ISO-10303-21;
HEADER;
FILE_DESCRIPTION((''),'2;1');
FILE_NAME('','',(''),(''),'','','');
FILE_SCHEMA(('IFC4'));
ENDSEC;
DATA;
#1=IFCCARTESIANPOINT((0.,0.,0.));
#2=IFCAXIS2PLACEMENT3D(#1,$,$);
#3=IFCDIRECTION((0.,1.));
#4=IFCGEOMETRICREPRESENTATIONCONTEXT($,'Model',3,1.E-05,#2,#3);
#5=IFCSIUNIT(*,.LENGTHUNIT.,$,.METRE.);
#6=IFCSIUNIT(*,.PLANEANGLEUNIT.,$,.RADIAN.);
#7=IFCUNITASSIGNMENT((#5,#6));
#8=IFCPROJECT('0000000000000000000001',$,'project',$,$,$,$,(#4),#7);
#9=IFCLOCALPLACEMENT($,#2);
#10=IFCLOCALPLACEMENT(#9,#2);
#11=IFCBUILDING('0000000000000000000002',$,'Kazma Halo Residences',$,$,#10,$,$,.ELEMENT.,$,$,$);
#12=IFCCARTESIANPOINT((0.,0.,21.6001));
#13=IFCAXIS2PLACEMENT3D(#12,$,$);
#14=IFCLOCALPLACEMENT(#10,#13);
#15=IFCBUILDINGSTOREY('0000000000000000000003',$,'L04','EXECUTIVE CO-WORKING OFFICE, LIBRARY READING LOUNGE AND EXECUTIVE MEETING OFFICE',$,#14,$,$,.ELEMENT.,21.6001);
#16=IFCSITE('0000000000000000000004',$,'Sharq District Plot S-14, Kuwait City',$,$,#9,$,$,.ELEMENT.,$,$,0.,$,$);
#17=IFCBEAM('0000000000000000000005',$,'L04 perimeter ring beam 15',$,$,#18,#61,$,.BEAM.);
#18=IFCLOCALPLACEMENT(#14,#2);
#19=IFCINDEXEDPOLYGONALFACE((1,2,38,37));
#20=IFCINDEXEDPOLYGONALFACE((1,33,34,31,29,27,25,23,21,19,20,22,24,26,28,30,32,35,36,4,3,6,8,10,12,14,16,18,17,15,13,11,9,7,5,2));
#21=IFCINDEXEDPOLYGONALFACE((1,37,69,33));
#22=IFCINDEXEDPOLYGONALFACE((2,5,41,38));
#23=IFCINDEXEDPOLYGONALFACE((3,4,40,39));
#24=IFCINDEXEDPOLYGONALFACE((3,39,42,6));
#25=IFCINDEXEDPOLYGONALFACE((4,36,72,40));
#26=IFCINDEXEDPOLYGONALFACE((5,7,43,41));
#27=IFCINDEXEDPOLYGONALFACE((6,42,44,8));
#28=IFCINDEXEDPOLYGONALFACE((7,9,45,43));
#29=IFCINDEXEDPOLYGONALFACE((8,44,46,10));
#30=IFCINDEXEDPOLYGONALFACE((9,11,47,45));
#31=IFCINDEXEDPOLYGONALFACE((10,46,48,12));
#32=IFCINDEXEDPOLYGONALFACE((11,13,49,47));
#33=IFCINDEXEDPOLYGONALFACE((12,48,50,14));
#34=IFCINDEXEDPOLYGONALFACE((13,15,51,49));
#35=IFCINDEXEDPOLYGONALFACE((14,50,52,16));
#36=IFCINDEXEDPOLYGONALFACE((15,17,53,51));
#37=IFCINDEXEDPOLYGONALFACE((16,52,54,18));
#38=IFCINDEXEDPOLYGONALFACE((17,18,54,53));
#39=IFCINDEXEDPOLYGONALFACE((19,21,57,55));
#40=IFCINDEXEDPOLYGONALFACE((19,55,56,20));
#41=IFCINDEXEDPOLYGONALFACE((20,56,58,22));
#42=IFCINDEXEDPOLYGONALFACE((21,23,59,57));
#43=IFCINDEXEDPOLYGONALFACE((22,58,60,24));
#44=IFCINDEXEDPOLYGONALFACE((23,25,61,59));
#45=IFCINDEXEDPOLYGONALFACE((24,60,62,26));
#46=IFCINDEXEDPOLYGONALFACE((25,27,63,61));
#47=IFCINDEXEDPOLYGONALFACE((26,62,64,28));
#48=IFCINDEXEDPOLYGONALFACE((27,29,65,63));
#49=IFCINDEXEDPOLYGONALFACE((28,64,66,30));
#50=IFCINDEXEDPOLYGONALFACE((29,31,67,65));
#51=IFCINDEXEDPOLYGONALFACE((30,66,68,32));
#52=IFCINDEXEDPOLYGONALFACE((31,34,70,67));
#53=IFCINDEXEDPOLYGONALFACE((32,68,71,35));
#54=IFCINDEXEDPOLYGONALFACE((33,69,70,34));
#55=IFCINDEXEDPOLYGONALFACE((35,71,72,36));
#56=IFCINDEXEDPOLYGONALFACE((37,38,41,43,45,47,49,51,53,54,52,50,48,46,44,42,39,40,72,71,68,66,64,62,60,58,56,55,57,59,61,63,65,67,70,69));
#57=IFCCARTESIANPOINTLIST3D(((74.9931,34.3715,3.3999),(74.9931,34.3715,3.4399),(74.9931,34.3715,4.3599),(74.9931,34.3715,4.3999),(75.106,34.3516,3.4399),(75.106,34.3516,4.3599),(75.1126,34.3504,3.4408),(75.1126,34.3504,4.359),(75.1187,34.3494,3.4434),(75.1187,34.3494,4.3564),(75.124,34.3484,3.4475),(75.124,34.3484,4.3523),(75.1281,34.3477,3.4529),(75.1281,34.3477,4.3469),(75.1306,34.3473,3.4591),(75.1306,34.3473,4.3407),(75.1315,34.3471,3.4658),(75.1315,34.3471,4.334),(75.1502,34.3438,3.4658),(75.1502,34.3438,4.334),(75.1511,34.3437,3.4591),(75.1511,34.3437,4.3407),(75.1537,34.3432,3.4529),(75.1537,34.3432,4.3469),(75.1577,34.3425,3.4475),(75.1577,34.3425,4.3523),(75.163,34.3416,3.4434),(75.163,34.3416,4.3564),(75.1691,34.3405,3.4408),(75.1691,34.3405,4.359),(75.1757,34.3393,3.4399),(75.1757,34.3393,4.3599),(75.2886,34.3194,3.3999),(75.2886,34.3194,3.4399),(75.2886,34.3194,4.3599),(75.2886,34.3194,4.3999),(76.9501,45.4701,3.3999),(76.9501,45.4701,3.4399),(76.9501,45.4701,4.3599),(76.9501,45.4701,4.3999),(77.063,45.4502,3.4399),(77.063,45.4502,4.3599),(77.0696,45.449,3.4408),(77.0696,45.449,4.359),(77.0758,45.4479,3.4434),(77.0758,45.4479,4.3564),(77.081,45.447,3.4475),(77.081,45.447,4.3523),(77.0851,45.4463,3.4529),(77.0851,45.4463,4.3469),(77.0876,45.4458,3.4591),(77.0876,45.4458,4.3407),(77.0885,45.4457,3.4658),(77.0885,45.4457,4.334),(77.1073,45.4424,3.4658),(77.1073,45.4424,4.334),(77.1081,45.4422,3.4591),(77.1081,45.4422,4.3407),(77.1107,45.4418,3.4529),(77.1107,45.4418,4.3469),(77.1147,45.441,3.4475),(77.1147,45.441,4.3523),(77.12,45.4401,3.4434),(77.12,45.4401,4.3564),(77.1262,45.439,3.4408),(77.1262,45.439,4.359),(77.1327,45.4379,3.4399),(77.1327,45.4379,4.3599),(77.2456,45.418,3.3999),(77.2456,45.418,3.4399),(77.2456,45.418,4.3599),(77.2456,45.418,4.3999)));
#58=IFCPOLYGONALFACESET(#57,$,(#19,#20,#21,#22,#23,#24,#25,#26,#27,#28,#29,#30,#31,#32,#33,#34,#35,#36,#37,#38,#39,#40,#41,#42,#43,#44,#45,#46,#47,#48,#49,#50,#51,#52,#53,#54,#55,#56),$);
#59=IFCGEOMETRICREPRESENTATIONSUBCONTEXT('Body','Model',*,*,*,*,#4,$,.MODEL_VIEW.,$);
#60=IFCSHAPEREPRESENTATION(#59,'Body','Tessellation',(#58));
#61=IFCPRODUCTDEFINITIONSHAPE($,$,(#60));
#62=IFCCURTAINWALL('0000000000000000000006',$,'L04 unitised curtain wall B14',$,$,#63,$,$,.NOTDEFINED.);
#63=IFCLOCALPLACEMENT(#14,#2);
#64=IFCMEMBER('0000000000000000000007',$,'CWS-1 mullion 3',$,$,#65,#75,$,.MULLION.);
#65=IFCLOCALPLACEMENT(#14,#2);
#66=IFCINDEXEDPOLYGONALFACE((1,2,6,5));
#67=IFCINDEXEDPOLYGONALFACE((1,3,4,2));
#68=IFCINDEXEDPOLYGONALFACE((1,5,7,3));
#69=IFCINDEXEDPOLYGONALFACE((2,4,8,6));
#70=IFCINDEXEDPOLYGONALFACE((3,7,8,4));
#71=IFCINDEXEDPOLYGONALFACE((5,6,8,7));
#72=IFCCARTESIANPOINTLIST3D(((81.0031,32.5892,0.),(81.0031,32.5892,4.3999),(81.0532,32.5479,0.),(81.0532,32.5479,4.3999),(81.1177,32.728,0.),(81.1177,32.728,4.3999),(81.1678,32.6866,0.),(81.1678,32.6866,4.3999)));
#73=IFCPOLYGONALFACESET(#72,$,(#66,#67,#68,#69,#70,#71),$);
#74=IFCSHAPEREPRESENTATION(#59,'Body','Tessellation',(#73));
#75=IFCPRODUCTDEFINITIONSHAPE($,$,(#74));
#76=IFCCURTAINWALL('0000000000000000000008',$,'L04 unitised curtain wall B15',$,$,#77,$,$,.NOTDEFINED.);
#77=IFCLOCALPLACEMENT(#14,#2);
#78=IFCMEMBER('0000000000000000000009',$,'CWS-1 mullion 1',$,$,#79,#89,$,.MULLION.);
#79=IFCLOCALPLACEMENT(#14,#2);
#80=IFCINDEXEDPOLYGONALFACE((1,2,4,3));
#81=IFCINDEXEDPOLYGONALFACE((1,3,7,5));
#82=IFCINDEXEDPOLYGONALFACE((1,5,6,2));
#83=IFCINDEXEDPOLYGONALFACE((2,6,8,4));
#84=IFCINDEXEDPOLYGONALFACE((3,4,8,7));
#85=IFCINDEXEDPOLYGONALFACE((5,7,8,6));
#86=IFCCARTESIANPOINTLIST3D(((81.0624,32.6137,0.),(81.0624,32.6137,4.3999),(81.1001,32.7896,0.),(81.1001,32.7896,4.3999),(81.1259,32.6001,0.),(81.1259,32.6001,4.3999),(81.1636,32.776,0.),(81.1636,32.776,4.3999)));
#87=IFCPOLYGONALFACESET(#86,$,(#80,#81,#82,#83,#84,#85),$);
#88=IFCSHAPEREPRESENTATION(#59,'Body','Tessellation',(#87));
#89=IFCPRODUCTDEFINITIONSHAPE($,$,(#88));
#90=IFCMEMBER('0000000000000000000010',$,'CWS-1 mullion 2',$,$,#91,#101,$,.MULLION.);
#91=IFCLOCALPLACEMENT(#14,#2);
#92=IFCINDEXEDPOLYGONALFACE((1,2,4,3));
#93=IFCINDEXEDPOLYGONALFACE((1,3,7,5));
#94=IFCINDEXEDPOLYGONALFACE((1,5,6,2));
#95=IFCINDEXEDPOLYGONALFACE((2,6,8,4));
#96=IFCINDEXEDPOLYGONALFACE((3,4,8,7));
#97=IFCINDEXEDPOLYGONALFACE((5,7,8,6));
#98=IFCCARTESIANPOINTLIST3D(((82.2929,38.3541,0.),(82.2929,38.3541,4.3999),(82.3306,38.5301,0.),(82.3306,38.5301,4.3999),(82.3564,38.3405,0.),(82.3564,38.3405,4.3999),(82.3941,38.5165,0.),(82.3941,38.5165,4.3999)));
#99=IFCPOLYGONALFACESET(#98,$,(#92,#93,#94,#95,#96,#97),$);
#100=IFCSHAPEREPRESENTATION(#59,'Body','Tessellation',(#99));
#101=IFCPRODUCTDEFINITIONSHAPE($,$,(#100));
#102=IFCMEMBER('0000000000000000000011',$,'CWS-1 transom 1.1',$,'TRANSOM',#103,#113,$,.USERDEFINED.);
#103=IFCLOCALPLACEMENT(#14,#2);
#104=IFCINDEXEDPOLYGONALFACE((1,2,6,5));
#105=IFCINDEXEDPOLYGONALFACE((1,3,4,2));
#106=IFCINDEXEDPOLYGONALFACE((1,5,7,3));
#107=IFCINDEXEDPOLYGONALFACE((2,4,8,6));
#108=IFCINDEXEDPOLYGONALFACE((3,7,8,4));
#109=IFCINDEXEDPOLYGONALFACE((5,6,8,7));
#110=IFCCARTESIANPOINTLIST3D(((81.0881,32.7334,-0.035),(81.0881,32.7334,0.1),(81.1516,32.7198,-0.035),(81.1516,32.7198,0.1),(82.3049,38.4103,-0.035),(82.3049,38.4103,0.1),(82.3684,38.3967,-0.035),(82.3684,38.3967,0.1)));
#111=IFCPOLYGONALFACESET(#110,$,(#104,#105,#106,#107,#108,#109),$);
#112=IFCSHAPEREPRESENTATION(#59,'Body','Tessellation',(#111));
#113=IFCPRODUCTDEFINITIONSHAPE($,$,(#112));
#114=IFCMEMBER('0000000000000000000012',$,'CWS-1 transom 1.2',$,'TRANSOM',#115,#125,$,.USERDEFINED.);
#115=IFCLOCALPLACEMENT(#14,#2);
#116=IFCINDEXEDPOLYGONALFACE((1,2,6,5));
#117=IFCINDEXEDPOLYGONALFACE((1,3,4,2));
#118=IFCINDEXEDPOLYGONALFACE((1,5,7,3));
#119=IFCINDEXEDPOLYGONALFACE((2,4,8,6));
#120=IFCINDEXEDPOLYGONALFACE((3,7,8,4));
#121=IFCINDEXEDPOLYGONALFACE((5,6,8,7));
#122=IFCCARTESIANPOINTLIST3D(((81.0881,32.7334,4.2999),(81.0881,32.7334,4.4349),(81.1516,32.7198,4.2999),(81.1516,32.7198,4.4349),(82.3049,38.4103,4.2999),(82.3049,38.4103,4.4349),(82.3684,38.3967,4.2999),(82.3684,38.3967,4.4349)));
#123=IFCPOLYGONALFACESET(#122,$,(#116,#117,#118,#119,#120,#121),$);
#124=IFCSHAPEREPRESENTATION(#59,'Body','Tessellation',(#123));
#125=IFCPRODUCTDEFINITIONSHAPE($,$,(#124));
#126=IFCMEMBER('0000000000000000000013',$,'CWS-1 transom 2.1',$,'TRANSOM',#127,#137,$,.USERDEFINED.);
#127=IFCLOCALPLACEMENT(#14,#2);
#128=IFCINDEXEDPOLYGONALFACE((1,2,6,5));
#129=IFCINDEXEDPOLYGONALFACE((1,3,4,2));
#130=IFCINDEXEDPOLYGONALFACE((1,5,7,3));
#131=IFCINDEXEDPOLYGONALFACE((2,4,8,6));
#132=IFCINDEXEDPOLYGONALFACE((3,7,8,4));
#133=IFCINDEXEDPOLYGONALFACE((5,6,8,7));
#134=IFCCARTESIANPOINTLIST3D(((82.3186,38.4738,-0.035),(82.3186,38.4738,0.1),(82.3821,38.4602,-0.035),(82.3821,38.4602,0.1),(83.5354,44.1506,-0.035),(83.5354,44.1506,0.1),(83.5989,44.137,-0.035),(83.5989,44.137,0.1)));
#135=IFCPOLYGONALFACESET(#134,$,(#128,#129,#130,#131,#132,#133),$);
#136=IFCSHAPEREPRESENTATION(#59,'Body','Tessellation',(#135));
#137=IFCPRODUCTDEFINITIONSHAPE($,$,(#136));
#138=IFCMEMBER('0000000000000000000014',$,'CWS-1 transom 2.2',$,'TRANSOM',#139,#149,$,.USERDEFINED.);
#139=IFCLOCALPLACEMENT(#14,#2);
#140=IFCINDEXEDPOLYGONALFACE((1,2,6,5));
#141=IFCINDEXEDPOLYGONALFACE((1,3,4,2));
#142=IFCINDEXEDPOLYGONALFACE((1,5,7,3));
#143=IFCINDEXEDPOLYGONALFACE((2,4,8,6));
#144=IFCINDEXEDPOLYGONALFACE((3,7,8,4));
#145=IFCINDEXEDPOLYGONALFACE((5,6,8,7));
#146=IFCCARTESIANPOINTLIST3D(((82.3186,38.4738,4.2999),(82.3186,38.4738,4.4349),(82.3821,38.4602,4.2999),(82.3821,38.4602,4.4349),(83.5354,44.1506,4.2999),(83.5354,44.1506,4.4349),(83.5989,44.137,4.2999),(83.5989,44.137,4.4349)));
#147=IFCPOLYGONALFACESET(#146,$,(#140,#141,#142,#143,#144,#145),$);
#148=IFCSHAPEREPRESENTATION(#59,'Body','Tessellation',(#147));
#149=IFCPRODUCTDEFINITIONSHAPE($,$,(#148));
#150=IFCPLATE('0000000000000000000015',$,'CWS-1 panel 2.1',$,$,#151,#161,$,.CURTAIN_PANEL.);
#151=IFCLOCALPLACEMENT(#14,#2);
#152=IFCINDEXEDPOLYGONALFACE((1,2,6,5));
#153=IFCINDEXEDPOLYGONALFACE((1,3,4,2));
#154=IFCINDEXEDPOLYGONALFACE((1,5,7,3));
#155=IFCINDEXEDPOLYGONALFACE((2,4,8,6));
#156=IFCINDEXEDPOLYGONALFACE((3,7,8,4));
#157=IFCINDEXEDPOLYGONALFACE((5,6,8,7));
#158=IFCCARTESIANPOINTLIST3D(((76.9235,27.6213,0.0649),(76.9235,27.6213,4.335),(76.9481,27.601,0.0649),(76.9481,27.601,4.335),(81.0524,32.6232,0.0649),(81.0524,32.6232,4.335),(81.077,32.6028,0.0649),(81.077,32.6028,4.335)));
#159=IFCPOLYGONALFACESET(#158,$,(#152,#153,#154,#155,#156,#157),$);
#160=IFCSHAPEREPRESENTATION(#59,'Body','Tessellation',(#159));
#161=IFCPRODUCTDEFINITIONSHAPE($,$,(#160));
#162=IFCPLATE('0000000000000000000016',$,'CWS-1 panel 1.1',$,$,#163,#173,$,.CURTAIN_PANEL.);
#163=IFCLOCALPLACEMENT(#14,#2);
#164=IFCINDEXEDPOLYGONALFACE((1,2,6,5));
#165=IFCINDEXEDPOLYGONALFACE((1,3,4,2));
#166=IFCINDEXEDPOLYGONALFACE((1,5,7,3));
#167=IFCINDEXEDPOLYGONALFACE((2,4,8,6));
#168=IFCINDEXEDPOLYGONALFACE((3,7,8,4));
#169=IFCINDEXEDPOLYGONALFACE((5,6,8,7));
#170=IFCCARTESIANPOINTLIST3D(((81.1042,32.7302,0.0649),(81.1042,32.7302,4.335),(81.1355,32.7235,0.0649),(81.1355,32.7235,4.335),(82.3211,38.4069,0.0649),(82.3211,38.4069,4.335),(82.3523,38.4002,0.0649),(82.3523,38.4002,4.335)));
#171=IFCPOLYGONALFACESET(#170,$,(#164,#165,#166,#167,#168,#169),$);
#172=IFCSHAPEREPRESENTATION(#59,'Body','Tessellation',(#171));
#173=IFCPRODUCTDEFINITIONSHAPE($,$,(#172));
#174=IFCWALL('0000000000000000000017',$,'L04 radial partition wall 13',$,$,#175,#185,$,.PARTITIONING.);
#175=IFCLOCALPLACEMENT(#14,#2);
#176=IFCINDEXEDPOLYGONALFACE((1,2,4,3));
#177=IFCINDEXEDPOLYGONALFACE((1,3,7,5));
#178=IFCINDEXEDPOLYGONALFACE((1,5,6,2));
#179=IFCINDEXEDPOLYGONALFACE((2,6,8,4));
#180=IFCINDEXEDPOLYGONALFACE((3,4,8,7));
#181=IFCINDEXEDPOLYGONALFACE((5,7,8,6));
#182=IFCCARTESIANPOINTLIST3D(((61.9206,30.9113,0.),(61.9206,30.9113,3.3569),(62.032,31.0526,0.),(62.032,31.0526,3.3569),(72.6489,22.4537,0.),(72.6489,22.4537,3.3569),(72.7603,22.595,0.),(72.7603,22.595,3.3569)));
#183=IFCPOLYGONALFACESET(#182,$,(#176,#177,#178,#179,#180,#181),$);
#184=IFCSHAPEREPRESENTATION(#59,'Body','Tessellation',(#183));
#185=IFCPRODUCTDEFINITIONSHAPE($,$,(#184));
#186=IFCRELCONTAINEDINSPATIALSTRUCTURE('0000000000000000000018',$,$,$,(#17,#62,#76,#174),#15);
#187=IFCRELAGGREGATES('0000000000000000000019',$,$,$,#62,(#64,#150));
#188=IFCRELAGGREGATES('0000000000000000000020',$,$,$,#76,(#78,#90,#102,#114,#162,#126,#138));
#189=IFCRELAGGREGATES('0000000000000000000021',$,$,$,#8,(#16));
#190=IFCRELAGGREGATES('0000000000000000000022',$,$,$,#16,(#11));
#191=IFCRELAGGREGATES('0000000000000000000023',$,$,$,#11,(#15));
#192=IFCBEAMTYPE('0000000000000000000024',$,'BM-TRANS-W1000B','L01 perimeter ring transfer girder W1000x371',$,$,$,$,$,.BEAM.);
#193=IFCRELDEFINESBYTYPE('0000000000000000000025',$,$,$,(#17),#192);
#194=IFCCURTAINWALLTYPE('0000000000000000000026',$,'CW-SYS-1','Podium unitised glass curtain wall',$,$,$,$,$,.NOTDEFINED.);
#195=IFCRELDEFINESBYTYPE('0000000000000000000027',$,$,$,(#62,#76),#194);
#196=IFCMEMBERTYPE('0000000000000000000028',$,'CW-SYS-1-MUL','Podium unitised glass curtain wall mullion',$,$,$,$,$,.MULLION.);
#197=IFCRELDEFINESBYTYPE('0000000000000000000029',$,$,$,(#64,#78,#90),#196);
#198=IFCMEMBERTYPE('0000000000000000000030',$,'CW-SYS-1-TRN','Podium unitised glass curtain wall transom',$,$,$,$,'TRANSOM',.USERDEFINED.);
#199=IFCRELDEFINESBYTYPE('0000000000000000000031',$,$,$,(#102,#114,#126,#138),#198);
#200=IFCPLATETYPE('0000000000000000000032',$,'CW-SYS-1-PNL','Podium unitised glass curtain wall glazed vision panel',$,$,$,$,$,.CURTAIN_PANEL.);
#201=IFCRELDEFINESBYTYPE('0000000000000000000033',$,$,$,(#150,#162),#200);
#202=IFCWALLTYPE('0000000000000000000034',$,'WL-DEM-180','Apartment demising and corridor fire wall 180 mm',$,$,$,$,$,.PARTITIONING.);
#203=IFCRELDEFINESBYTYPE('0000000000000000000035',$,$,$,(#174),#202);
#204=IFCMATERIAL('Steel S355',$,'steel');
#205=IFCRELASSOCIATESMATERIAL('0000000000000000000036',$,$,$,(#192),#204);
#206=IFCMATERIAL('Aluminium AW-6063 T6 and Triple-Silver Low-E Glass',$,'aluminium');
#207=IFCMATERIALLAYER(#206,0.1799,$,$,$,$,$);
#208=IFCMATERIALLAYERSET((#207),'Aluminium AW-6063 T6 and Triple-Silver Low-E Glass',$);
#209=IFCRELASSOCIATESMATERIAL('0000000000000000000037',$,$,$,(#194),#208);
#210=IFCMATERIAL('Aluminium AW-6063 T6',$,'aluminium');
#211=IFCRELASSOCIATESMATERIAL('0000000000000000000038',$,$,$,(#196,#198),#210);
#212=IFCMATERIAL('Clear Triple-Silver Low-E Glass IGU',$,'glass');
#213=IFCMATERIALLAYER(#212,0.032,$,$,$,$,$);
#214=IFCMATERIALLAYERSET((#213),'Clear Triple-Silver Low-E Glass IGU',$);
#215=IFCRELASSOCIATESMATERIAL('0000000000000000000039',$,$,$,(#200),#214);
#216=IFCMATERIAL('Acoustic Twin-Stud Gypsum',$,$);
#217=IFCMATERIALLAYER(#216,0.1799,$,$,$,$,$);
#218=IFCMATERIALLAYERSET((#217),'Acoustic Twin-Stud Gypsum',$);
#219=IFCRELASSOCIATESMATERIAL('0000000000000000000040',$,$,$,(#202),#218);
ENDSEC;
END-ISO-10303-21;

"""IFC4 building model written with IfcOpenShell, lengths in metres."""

from ifc_helpers import new_model, si_unit, direction, frame, frame_2d, origin, origin_2d, place, context, subcontext, project, spatial, rectangle, i_section, extrude, material, layer, layer_set, material_profile, profile_set, type_object, element, aggregate, save


model = new_model("IFC4")

# Units and contexts
model_context = context("Model", 3, precision=1e-05, world=origin(), true_north=direction((0.0, 1.0)))
body_context = subcontext(model_context, "Body", "Model", "MODEL_VIEW")
ifc_project = project(units=[si_unit("LENGTHUNIT", "METRE"), si_unit("PLANEANGLEUNIT", "RADIAN")], contexts=[model_context])

# Site, building, storey
site_placement = place(None, origin())
site = spatial("IfcSite", under=ifc_project, at=site_placement, Name="Sharq District Plot S-14, Kuwait City", CompositionType="ELEMENT", RefElevation=0.0)
building_placement = place(site_placement, origin())
building = spatial("IfcBuilding", under=site, at=building_placement, Name="Kazma Halo Residences", CompositionType="ELEMENT")
storey_placement = place(building_placement, frame((0.0, 0.0, 21.6001)))
storey = spatial("IfcBuildingStorey", under=building, at=storey_placement, Name="L04", Description="EXECUTIVE CO-WORKING OFFICE, LIBRARY READING LOUNGE AND EXECUTIVE MEETING OFFICE", CompositionType="ELEMENT", Elevation=21.6001)

# Beam
ifc_material_1 = material(Name="Steel S355", Category="steel")
ifc_material_profile_1 = material_profile(ifc_material_1, i_section(OverallWidth=0.3, OverallDepth=1.0, WebThickness=0.019, FlangeThickness=0.04, FilletRadius=0.0259, at=origin_2d()), Name="W1000x371")
ifc_profile_set_1 = profile_set([ifc_material_profile_1], Name="Steel S355")
beam_type_1 = type_object("IfcBeamType", Name="BM-TRANS-W1000B", Description="L01 perimeter ring transfer girder W1000x371", PredefinedType="BEAM", material=ifc_profile_set_1)
beam_1_placement = place(storey_placement, frame((75.1409, 34.3455, 3.8999), z_axis=(0.173652, 0.984807, 0.0), x_axis=(-0.984807, 0.173652, 0.0)))
element("IfcBeam", 1, at=beam_1_placement, inside=storey, type_object=beam_type_1, Name="L04 perimeter ring beam 15", PredefinedType="BEAM", context=body_context, shape_type="SweptSolid", body=[
    extrude(i_section(OverallWidth=0.3, OverallDepth=1.0, WebThickness=0.019, FlangeThickness=0.04, FilletRadius=0.0259, at=origin_2d()), origin(), (0.0, 0.0, 1.0), 11.2698),
])

# Curtain wall, member
ifc_material_2 = material(Name="Aluminium AW-6063 T6 and Triple-Silver Low-E Glass", Category="aluminium")
ifc_layer_1 = layer(ifc_material_2, 0.1799)
ifc_layer_set_1 = layer_set([ifc_layer_1], Name="Aluminium AW-6063 T6 and Triple-Silver Low-E Glass")
curtain_wall_type = type_object("IfcCurtainWallType", Name="CW-SYS-1", Description="Podium unitised glass curtain wall", PredefinedType="NOTDEFINED", material=ifc_layer_set_1)
curtain_wall_1_placement = place(storey_placement, origin())
curtain_wall_1 = element("IfcCurtainWall", 2, at=curtain_wall_1_placement, inside=storey, type_object=curtain_wall_type, Name="L04 unitised curtain wall B14", PredefinedType="NOTDEFINED")
ifc_material_3 = material(Name="Aluminium AW-6063 T6", Category="aluminium")
ifc_material_profile_2 = material_profile(ifc_material_3, rectangle(XDim=0.0649, YDim=0.1799, at=origin_2d()), Name="CWM-65x180")
ifc_profile_set_2 = profile_set([ifc_material_profile_2], Name="Aluminium AW-6063 T6")
member_type_1 = type_object("IfcMemberType", Name="CW-SYS-1-MUL", Description="Podium unitised glass curtain wall mullion", PredefinedType="MULLION", material=ifc_profile_set_2)
member_1_placement = place(storey_placement, frame((81.0854, 32.6379, 0.0), z_axis=(0.0, 0.0, 1.0), x_axis=(-0.771192, 0.636603, 0.0)))
member_1 = element("IfcMember", 3, at=member_1_placement, type_object=member_type_1, Name="CWS-1 mullion 3", PredefinedType="MULLION", context=body_context, shape_type="SweptSolid", body=[
    extrude(rectangle(XDim=0.0649, YDim=0.1799, at=origin_2d()), origin(), (0.0, 0.0, 1.0), 4.3999),
])

# Curtain wall, members
curtain_wall_2_placement = place(storey_placement, origin())
curtain_wall_2 = element("IfcCurtainWall", 4, at=curtain_wall_2_placement, inside=storey, type_object=curtain_wall_type, Name="L04 unitised curtain wall B15", PredefinedType="NOTDEFINED")
member_2_placement = place(storey_placement, frame((81.113, 32.6948, 0.0), z_axis=(0.0, 0.0, 1.0), x_axis=(-0.977788, 0.209596, 0.0)))
member_2 = element("IfcMember", 5, at=member_2_placement, type_object=member_type_1, Name="CWS-1 mullion 1", PredefinedType="MULLION", context=body_context, shape_type="SweptSolid", body=[
    extrude(rectangle(XDim=0.0649, YDim=0.1799, at=origin_2d()), origin(), (0.0, 0.0, 1.0), 4.3999),
])
member_3_placement = place(storey_placement, frame((82.3435, 38.4353, 0.0), z_axis=(0.0, 0.0, 1.0), x_axis=(-0.977788, 0.209596, 0.0)))
member_3 = element("IfcMember", 6, at=member_3_placement, type_object=member_type_1, Name="CWS-1 mullion 2", PredefinedType="MULLION", context=body_context, shape_type="SweptSolid", body=[
    extrude(rectangle(XDim=0.0649, YDim=0.1799, at=origin_2d()), origin(), (0.0, 0.0, 1.0), 4.3999),
])
ifc_material_profile_3 = material_profile(ifc_material_3, rectangle(XDim=0.0649, YDim=0.135, at=origin_2d()), Name="CWT-65x135")
ifc_profile_set_3 = profile_set([ifc_material_profile_3], Name="Aluminium AW-6063 T6")
member_type_2 = type_object("IfcMemberType", Name="CW-SYS-1-TRN", Description="Podium unitised glass curtain wall transom", ElementType="TRANSOM", PredefinedType="USERDEFINED", material=ifc_profile_set_3)
member_4_placement = place(storey_placement, frame((81.1199, 32.7266, 0.0325), z_axis=(0.209578, 0.977792, 0.0), x_axis=(-0.977792, 0.209578, 0.0)))
member_4 = element("IfcMember", 7, at=member_4_placement, type_object=member_type_2, Name="CWS-1 transom 1.1", ObjectType="TRANSOM", PredefinedType="USERDEFINED", context=body_context, shape_type="SweptSolid", body=[
    extrude(rectangle(XDim=0.0649, YDim=0.135, at=origin_2d()), origin(), (0.0, 0.0, 1.0), 5.8059),
])
member_5_placement = place(storey_placement, frame((81.1199, 32.7266, 4.3674), z_axis=(0.209578, 0.977792, 0.0), x_axis=(-0.977792, 0.209578, 0.0)))
member_5 = element("IfcMember", 8, at=member_5_placement, type_object=member_type_2, Name="CWS-1 transom 1.2", ObjectType="TRANSOM", PredefinedType="USERDEFINED", context=body_context, shape_type="SweptSolid", body=[
    extrude(rectangle(XDim=0.0649, YDim=0.135, at=origin_2d()), origin(), (0.0, 0.0, 1.0), 5.8059),
])
member_6_placement = place(storey_placement, frame((82.3503, 38.467, 0.0325), z_axis=(0.209587, 0.97779, 0.0), x_axis=(-0.97779, 0.209587, 0.0)))
member_6 = element("IfcMember", 9, at=member_6_placement, type_object=member_type_2, Name="CWS-1 transom 2.1", ObjectType="TRANSOM", PredefinedType="USERDEFINED", context=body_context, shape_type="SweptSolid", body=[
    extrude(rectangle(XDim=0.0649, YDim=0.135, at=origin_2d()), origin(), (0.0, 0.0, 1.0), 5.8057),
])
member_7_placement = place(storey_placement, frame((82.3503, 38.467, 4.3674), z_axis=(0.209587, 0.97779, 0.0), x_axis=(-0.97779, 0.209587, 0.0)))
member_7 = element("IfcMember", 10, at=member_7_placement, type_object=member_type_2, Name="CWS-1 transom 2.2", ObjectType="TRANSOM", PredefinedType="USERDEFINED", context=body_context, shape_type="SweptSolid", body=[
    extrude(rectangle(XDim=0.0649, YDim=0.135, at=origin_2d()), origin(), (0.0, 0.0, 1.0), 5.8057),
])

# Plates
ifc_material_4 = material(Name="Clear Triple-Silver Low-E Glass IGU", Category="glass")
ifc_layer_2 = layer(ifc_material_4, 0.032)
ifc_layer_set_2 = layer_set([ifc_layer_2], Name="Clear Triple-Silver Low-E Glass IGU")
plate_type = type_object("IfcPlateType", Name="CW-SYS-1-PNL", Description="Podium unitised glass curtain wall glazed vision panel", PredefinedType="CURTAIN_PANEL", material=ifc_layer_set_2)
plate_1_placement = place(storey_placement, frame((79.0002, 30.1121, 0.0649), z_axis=(0.0, 0.0, 1.0), x_axis=(0.636603, 0.771192, 0.0)))
plate_1 = element("IfcPlate", 11, at=plate_1_placement, type_object=plate_type, Name="CWS-1 panel 2.1", PredefinedType="CURTAIN_PANEL", context=body_context, shape_type="SweptSolid", body=[
    extrude(rectangle(XDim=6.4858, YDim=0.032, at=origin_2d()), origin(), (0.0, 0.0, 1.0), 4.27),
])
aggregate(curtain_wall_1, [member_1, plate_1])
plate_2_placement = place(storey_placement, frame((81.7283, 35.5652, 0.0649), z_axis=(0.0, 0.0, 1.0), x_axis=(0.209596, 0.977788, 0.0)))
plate_2 = element("IfcPlate", 12, at=plate_2_placement, type_object=plate_type, Name="CWS-1 panel 1.1", PredefinedType="CURTAIN_PANEL", context=body_context, shape_type="SweptSolid", body=[
    extrude(rectangle(XDim=5.8057, YDim=0.032, at=origin_2d()), origin(), (0.0, 0.0, 1.0), 4.27),
])
aggregate(curtain_wall_2, [member_2, member_3, member_4, member_5, plate_2, member_6, member_7])

# Wall
ifc_material_5 = material(Name="Acoustic Twin-Stud Gypsum")
ifc_layer_3 = layer(ifc_material_5, 0.1799)
ifc_layer_set_3 = layer_set([ifc_layer_3], Name="Acoustic Twin-Stud Gypsum")
wall_type_1 = type_object("IfcWallType", Name="WL-DEM-180", Description="Apartment demising and corridor fire wall 180 mm", PredefinedType="PARTITIONING", material=ifc_layer_set_3)
wall_1_placement = place(storey_placement, frame((61.9763, 30.9819, 0.0), z_axis=(0.0, 0.0, 1.0), x_axis=(0.785316, -0.619095, 0.0)))
element("IfcWall", 13, at=wall_1_placement, inside=storey, type_object=wall_type_1, Name="L04 radial partition wall 13", PredefinedType="PARTITIONING", context=body_context, shape_type="SweptSolid", body=[
    extrude(rectangle(XDim=13.6611, YDim=0.1799, at=frame_2d((6.8306, 0.0))), origin(), (0.0, 0.0, 1.0), 3.3569),
])

save(model, "model.ifc")
